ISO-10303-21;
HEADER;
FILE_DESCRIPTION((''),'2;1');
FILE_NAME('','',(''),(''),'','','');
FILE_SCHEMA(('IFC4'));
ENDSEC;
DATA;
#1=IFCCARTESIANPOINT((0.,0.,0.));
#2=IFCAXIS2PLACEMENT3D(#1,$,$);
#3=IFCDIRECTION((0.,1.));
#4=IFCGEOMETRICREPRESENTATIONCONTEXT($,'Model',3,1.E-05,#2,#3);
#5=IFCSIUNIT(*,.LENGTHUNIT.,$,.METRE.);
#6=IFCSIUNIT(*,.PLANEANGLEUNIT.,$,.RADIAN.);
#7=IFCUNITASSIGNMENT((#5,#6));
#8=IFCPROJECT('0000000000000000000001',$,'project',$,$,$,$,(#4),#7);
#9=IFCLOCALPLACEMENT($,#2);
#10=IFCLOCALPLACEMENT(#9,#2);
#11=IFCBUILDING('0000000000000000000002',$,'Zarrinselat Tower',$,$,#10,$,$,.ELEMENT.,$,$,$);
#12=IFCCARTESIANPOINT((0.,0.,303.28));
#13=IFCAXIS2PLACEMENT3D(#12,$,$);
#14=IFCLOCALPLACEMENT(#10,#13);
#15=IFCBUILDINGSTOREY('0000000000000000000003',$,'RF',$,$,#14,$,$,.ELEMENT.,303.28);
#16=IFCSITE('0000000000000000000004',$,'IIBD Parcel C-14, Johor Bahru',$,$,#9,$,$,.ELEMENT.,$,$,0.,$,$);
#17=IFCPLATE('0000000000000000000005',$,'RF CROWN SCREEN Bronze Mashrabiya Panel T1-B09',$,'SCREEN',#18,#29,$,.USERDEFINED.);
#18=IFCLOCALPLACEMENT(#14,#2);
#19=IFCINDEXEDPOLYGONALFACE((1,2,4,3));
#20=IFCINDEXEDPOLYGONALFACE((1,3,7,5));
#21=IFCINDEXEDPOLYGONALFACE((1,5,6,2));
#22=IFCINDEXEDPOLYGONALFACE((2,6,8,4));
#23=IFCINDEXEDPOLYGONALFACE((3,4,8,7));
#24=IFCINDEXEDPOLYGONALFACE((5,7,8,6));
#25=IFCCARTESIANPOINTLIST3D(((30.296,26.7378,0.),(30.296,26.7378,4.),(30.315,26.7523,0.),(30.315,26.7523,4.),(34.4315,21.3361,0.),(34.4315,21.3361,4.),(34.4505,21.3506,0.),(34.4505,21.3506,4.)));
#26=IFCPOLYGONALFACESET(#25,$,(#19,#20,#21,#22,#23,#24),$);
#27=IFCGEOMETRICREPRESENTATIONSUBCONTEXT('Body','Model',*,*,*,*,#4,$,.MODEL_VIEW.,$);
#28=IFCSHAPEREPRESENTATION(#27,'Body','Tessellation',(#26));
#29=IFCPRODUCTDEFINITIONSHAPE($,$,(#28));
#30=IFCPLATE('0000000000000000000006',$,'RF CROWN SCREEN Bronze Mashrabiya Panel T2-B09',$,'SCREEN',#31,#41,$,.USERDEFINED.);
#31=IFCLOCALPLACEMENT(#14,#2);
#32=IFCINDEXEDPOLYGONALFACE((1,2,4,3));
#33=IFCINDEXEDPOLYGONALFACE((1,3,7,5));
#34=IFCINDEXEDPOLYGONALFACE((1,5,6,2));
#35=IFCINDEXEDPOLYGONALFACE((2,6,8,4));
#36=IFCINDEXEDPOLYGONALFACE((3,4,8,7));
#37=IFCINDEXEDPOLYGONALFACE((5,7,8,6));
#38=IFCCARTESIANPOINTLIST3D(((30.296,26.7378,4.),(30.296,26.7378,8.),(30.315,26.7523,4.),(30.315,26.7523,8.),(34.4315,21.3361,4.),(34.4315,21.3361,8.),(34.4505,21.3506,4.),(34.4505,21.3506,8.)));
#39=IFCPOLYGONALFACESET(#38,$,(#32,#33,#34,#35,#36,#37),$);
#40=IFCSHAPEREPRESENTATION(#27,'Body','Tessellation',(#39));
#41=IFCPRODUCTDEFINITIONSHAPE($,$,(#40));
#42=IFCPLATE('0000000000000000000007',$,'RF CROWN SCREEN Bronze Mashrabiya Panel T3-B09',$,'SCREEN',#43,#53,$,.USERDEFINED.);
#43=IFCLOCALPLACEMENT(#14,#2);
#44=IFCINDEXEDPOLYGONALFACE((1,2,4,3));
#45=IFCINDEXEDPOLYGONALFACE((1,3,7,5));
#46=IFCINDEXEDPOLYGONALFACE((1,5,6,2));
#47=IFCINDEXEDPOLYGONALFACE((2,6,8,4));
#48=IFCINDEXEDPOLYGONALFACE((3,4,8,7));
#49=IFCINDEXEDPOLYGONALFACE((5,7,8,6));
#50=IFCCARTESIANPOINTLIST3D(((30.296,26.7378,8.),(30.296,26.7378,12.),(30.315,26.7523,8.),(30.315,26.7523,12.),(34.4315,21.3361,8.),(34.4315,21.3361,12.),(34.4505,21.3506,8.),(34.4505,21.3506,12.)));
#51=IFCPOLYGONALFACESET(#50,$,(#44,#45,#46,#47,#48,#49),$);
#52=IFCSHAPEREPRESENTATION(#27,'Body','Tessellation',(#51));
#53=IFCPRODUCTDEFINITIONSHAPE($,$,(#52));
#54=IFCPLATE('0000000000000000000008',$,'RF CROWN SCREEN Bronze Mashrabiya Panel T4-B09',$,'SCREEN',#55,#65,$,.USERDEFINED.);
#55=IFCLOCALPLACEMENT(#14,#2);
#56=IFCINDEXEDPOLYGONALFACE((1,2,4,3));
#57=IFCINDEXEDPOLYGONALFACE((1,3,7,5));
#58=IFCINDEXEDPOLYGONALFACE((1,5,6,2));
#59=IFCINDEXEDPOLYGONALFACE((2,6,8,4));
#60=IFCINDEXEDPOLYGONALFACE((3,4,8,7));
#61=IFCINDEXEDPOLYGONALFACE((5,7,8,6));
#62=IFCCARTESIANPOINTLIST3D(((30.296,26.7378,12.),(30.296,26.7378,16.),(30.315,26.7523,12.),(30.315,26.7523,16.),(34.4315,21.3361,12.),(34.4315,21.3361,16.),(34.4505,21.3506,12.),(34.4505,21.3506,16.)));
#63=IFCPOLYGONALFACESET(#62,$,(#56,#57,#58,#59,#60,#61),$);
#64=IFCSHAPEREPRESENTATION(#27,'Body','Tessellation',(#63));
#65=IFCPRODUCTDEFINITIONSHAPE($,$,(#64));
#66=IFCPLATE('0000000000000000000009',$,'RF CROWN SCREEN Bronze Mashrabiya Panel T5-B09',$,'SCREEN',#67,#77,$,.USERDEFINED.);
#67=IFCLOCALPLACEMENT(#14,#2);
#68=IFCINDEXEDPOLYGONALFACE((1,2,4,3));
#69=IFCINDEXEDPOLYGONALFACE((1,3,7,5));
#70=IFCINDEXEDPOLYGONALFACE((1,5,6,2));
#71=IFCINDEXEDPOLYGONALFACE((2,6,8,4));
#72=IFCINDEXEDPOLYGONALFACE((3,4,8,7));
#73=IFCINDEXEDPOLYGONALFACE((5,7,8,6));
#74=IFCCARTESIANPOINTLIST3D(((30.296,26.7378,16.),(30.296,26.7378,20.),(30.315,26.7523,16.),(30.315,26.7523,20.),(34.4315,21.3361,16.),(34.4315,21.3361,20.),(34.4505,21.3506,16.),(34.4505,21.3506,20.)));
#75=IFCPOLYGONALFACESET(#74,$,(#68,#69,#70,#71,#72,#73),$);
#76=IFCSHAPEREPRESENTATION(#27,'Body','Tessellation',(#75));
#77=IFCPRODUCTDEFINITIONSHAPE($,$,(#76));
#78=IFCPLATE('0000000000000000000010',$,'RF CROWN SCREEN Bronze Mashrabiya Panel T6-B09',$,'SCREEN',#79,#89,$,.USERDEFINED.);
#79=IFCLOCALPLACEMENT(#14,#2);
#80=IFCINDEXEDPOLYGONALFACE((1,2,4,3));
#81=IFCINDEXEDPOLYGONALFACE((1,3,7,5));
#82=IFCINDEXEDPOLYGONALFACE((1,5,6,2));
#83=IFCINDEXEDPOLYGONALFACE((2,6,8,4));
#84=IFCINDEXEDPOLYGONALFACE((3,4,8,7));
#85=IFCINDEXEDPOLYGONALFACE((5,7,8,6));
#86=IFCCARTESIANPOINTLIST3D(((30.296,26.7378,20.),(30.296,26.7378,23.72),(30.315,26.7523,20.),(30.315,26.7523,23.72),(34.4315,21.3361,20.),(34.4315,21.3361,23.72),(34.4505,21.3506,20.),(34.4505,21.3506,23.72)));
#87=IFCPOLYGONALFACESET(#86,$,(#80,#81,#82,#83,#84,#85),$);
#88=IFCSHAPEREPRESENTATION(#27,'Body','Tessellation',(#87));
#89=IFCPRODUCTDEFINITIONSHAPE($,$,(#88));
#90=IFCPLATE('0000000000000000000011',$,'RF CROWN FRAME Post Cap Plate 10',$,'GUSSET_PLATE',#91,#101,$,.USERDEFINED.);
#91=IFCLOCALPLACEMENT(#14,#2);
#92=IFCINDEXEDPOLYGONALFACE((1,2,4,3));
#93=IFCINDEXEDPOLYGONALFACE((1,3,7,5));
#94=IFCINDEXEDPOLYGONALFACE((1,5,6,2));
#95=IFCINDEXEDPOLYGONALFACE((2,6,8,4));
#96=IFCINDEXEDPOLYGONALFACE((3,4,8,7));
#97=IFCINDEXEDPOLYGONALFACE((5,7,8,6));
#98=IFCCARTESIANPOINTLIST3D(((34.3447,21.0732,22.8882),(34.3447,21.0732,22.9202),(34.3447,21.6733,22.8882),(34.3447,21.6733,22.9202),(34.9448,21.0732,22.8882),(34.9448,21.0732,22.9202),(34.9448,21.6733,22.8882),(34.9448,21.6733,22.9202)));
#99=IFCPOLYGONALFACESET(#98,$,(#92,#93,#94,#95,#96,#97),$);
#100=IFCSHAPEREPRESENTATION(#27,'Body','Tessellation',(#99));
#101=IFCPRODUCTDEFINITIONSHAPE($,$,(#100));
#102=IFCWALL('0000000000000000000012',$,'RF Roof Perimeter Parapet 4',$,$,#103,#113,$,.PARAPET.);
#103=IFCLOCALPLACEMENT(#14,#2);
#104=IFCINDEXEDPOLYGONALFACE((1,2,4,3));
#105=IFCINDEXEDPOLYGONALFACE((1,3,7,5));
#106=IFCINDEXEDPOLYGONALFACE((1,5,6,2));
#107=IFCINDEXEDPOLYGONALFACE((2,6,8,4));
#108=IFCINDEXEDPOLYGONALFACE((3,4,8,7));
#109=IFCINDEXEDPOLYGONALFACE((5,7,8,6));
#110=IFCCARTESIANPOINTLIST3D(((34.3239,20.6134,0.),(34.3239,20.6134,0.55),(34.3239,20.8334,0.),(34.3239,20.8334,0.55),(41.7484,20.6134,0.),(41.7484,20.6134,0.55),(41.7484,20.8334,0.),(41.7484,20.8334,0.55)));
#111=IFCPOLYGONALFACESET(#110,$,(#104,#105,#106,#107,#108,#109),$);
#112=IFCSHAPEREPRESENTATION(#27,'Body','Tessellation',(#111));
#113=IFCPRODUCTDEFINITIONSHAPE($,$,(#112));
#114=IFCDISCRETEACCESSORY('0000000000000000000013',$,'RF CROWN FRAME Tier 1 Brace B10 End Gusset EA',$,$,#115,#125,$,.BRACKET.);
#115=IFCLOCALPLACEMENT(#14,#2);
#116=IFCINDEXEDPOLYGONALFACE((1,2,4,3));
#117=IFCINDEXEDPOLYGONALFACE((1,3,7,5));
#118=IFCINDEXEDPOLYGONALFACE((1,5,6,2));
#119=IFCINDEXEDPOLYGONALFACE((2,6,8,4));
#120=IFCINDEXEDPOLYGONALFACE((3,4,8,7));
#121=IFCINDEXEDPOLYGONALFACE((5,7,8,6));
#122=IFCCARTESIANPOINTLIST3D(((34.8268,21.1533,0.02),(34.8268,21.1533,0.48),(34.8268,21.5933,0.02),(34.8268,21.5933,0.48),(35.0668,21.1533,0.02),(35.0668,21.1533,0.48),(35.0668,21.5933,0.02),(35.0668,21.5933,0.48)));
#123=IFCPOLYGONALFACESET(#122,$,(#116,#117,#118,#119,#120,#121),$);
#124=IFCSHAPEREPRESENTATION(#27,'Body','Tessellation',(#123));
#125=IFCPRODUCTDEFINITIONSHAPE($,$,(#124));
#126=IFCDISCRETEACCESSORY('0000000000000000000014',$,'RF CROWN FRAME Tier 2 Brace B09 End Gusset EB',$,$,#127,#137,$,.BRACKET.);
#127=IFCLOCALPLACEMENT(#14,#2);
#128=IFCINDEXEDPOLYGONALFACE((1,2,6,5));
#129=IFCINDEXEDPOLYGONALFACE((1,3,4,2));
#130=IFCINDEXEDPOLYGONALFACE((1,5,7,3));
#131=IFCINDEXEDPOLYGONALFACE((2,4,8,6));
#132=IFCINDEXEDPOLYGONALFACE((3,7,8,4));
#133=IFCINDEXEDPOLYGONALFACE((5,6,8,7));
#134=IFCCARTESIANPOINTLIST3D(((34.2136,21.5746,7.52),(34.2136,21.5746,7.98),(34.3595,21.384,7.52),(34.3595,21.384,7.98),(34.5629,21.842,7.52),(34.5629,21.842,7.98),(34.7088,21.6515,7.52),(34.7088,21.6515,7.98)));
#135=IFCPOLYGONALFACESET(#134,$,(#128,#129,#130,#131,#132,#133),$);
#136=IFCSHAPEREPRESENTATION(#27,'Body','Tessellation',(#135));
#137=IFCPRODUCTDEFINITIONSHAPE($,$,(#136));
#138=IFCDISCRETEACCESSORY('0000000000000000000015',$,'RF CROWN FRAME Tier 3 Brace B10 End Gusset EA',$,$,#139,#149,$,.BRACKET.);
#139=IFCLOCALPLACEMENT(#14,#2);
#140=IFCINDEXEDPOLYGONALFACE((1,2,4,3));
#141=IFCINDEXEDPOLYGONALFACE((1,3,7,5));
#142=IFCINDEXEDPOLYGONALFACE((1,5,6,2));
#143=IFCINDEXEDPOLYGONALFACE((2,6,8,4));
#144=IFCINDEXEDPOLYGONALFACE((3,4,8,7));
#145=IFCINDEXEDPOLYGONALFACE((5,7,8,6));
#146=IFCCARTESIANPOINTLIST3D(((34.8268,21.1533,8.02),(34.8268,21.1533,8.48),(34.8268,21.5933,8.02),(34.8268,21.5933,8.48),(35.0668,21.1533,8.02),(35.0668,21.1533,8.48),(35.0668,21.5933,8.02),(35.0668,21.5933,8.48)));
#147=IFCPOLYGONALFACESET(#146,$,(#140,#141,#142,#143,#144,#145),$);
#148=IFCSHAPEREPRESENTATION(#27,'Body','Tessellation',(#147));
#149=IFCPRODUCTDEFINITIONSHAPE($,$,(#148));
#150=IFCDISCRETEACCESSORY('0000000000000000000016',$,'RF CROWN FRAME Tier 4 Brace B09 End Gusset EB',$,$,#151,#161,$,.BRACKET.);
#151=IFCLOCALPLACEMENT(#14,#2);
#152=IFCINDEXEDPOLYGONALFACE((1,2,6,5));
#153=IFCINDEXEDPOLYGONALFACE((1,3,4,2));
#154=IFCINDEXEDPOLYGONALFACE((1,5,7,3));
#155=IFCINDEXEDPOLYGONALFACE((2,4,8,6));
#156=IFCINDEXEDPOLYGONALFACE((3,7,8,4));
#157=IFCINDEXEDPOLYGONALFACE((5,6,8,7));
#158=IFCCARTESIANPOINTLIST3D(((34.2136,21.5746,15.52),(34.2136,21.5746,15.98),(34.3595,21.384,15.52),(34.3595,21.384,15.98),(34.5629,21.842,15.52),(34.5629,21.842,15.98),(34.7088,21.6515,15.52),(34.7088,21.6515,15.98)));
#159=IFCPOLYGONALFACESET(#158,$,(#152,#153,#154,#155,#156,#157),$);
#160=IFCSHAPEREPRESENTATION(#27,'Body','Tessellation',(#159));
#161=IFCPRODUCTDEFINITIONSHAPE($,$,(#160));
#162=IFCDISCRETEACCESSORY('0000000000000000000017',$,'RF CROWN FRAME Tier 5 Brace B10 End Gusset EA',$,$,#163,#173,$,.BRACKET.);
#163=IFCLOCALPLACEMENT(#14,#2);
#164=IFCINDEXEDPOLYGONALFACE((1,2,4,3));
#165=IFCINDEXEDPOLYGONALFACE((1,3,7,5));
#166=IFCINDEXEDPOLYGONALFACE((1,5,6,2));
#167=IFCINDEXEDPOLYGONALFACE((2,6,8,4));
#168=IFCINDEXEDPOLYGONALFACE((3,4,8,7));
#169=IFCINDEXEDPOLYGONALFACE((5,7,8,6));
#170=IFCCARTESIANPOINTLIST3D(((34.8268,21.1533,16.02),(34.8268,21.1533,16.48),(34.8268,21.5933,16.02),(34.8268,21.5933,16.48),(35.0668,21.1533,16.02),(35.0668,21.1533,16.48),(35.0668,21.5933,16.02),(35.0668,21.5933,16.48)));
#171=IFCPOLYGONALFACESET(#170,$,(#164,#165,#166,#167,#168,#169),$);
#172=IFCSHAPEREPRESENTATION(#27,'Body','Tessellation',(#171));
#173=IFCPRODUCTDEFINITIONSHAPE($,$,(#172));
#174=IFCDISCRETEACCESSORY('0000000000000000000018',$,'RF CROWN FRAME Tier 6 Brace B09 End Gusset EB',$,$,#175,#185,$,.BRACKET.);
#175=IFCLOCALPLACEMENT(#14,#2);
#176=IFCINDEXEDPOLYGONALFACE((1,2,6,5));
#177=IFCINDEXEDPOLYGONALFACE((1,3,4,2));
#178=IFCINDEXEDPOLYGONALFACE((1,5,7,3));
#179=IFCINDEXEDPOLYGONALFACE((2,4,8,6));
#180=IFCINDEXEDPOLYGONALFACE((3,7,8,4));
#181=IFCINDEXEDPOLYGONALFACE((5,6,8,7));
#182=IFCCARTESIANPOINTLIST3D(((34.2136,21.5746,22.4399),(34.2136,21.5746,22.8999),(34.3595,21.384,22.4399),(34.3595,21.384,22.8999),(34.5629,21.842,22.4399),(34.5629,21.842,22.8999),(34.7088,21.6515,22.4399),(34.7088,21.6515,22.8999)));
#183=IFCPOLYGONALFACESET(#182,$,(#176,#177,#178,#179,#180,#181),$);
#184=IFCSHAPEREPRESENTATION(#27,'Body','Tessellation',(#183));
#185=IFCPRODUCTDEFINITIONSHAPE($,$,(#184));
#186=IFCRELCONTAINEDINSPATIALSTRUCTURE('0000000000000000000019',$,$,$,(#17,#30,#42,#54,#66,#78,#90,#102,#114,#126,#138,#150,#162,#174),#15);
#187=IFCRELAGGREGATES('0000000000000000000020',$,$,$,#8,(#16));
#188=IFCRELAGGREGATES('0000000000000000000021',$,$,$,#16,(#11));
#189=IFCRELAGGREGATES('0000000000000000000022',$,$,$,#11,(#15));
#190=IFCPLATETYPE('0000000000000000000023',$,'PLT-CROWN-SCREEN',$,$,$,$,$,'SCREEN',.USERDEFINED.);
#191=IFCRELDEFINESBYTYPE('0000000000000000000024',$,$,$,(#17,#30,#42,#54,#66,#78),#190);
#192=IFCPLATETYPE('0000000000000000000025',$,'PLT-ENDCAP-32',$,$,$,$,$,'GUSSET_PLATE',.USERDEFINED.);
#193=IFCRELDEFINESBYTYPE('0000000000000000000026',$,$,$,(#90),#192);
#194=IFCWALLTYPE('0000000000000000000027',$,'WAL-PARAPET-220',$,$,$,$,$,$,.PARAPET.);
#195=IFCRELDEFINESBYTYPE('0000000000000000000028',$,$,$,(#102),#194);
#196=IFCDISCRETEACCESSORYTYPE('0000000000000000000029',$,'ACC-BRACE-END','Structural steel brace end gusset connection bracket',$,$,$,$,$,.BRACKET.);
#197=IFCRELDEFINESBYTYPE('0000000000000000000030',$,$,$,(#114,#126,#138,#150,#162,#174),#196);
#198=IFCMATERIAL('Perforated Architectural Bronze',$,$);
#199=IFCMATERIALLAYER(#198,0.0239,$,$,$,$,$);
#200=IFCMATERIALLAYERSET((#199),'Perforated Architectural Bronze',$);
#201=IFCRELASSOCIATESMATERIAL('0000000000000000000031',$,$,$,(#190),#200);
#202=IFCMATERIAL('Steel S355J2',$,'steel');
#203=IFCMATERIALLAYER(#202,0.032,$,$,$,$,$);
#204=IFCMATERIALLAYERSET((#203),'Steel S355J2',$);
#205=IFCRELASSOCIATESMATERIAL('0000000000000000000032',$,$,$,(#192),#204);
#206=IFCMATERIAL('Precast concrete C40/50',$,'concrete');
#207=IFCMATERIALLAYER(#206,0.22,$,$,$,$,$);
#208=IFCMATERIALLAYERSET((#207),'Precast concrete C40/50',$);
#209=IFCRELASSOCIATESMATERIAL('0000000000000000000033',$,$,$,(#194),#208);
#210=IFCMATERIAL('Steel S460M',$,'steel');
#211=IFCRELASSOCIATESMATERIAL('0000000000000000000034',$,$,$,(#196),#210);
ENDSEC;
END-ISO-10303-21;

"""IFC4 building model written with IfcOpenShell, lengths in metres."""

from ifc_helpers import new_model, si_unit, direction, frame, frame_2d, origin, origin_2d, place, context, subcontext, project, spatial, rectangle, extrude, material, layer, layer_set, type_object, element, save


model = new_model("IFC4")

# Units and contexts
model_context = context("Model", 3, precision=1e-05, world=origin(), true_north=direction((0.0, 1.0)))
body_context = subcontext(model_context, "Body", "Model", "MODEL_VIEW")
ifc_project = project(units=[si_unit("LENGTHUNIT", "METRE"), si_unit("PLANEANGLEUNIT", "RADIAN")], contexts=[model_context])

# Site, building, storey
site_placement = place(None, origin())
site = spatial("IfcSite", under=ifc_project, at=site_placement, Name="IIBD Parcel C-14, Johor Bahru", CompositionType="ELEMENT", RefElevation=0.0)
building_placement = place(site_placement, origin())
building = spatial("IfcBuilding", under=site, at=building_placement, Name="Zarrinselat Tower", CompositionType="ELEMENT")
storey_placement = place(building_placement, frame((0.0, 0.0, 303.28)))
storey = spatial("IfcBuildingStorey", under=building, at=storey_placement, Name="RF", CompositionType="ELEMENT", Elevation=303.28)

# Plates
ifc_material_1 = material(Name="Perforated Architectural Bronze")
ifc_layer_1 = layer(ifc_material_1, 0.0239)
ifc_layer_set_1 = layer_set([ifc_layer_1], Name="Perforated Architectural Bronze")
plate_type_1 = type_object("IfcPlateType", Name="PLT-CROWN-SCREEN", ElementType="SCREEN", PredefinedType="USERDEFINED", material=ifc_layer_set_1)
for number, where, z_axis, x_axis, name in (
    (1, (32.3733, 24.0442, 0.0), (0.0, 0.0, 1.0), (0.607896, -0.794016, 0.0), "RF CROWN SCREEN Bronze Mashrabiya Panel T1-B09"),
    (2, (32.3733, 24.0442, 4.0), (0.0, 0.0, 1.0), (0.607896, -0.794016, 0.0), "RF CROWN SCREEN Bronze Mashrabiya Panel T2-B09"),
    (3, (32.3733, 24.0442, 8.0), (0.0, 0.0, 1.0), (0.607896, -0.794016, 0.0), "RF CROWN SCREEN Bronze Mashrabiya Panel T3-B09"),
    (4, (32.3733, 24.0442, 12.0), (0.0, 0.0, 1.0), (0.607896, -0.794016, 0.0), "RF CROWN SCREEN Bronze Mashrabiya Panel T4-B09"),
    (5, (32.3733, 24.0442, 16.0), (0.0, 0.0, 1.0), (0.607896, -0.794016, 0.0), "RF CROWN SCREEN Bronze Mashrabiya Panel T5-B09"),
):
    element("IfcPlate", number, at=place(storey_placement, frame(where, z_axis=z_axis, x_axis=x_axis)), inside=storey, type_object=plate_type_1, Name=name, ObjectType="SCREEN", PredefinedType="USERDEFINED", context=body_context, shape_type="SweptSolid", body=[
        extrude(rectangle(XDim=6.803, YDim=0.0239, at=origin_2d()), origin(), (0.0, 0.0, 1.0), 4.0),
    ])
plate_1_placement = place(storey_placement, frame((32.3733, 24.0442, 20.0), z_axis=(0.0, 0.0, 1.0), x_axis=(0.607896, -0.794016, 0.0)))
element("IfcPlate", 6, at=plate_1_placement, inside=storey, type_object=plate_type_1, Name="RF CROWN SCREEN Bronze Mashrabiya Panel T6-B09", ObjectType="SCREEN", PredefinedType="USERDEFINED", context=body_context, shape_type="SweptSolid", body=[
    extrude(rectangle(XDim=6.803, YDim=0.0239, at=origin_2d()), origin(), (0.0, 0.0, 1.0), 3.72),
])
ifc_material_2 = material(Name="Steel S355J2", Category="steel")
ifc_layer_2 = layer(ifc_material_2, 0.032)
ifc_layer_set_2 = layer_set([ifc_layer_2], Name="Steel S355J2")
plate_type_2 = type_object("IfcPlateType", Name="PLT-ENDCAP-32", ElementType="GUSSET_PLATE", PredefinedType="USERDEFINED", material=ifc_layer_set_2)
plate_2_placement = place(storey_placement, frame((34.6448, 21.3733, 22.8882), z_axis=(0.0, 0.0, 1.0), x_axis=(1.0, 0.0, 0.0)))
element("IfcPlate", 7, at=plate_2_placement, inside=storey, type_object=plate_type_2, Name="RF CROWN FRAME Post Cap Plate 10", ObjectType="GUSSET_PLATE", PredefinedType="USERDEFINED", context=body_context, shape_type="SweptSolid", body=[
    extrude(rectangle(XDim=0.6001, YDim=0.6001, at=origin_2d()), origin(), (0.0, 0.0, 1.0), 0.032),
])

# Wall
ifc_material_3 = material(Name="Precast concrete C40/50", Category="concrete")
ifc_layer_3 = layer(ifc_material_3, 0.22)
ifc_layer_set_3 = layer_set([ifc_layer_3], Name="Precast concrete C40/50")
wall_type = type_object("IfcWallType", Name="WAL-PARAPET-220", PredefinedType="PARAPET", material=ifc_layer_set_3)
wall_placement = place(storey_placement, frame((34.3237, 20.7234, 0.0), z_axis=(0.0, 0.0, 1.0), x_axis=(1.0, 0.0, 0.0)))
element("IfcWall", 8, at=wall_placement, inside=storey, type_object=wall_type, Name="RF Roof Perimeter Parapet 4", PredefinedType="PARAPET", context=body_context, shape_type="SweptSolid", body=[
    extrude(rectangle(XDim=7.4246, YDim=0.22, at=frame_2d((3.7124, 0.0))), origin(), (0.0, 0.0, 1.0), 0.55),
])

# Discrete accessories
ifc_material_4 = material(Name="Steel S460M", Category="steel")
discrete_accessory_type = type_object("IfcDiscreteAccessoryType", Name="ACC-BRACE-END", Description="Structural steel brace end gusset connection bracket", PredefinedType="BRACKET", material=ifc_material_4)
for number, where, z_axis, x_axis, name in (
    (9, (34.9468, 21.3733, 0.02), (0.0, 0.0, 1.0), (1.0, 0.0, 0.0), "RF CROWN FRAME Tier 1 Brace B10 End Gusset EA"),
    (10, (34.4612, 21.613, 7.52), (0.0, 0.0, 1.0), (0.607896, -0.794016, 0.0), "RF CROWN FRAME Tier 2 Brace B09 End Gusset EB"),
    (11, (34.9468, 21.3733, 8.02), (0.0, 0.0, 1.0), (1.0, 0.0, 0.0), "RF CROWN FRAME Tier 3 Brace B10 End Gusset EA"),
    (12, (34.4612, 21.613, 15.52), (0.0, 0.0, 1.0), (0.607896, -0.794016, 0.0), "RF CROWN FRAME Tier 4 Brace B09 End Gusset EB"),
    (13, (34.9468, 21.3733, 16.02), (0.0, 0.0, 1.0), (1.0, 0.0, 0.0), "RF CROWN FRAME Tier 5 Brace B10 End Gusset EA"),
    (14, (34.4612, 21.613, 22.4399), (0.0, 0.0, 1.0), (0.607896, -0.794016, 0.0), "RF CROWN FRAME Tier 6 Brace B09 End Gusset EB"),
):
    element("IfcDiscreteAccessory", number, at=place(storey_placement, frame(where, z_axis=z_axis, x_axis=x_axis)), inside=storey, type_object=discrete_accessory_type, Name=name, PredefinedType="BRACKET", context=body_context, shape_type="SweptSolid", body=[
        extrude(rectangle(XDim=0.24, YDim=0.4399, at=origin_2d()), origin(), (0.0, 0.0, 1.0), 0.46),
    ])

save(model, "model.ifc")
